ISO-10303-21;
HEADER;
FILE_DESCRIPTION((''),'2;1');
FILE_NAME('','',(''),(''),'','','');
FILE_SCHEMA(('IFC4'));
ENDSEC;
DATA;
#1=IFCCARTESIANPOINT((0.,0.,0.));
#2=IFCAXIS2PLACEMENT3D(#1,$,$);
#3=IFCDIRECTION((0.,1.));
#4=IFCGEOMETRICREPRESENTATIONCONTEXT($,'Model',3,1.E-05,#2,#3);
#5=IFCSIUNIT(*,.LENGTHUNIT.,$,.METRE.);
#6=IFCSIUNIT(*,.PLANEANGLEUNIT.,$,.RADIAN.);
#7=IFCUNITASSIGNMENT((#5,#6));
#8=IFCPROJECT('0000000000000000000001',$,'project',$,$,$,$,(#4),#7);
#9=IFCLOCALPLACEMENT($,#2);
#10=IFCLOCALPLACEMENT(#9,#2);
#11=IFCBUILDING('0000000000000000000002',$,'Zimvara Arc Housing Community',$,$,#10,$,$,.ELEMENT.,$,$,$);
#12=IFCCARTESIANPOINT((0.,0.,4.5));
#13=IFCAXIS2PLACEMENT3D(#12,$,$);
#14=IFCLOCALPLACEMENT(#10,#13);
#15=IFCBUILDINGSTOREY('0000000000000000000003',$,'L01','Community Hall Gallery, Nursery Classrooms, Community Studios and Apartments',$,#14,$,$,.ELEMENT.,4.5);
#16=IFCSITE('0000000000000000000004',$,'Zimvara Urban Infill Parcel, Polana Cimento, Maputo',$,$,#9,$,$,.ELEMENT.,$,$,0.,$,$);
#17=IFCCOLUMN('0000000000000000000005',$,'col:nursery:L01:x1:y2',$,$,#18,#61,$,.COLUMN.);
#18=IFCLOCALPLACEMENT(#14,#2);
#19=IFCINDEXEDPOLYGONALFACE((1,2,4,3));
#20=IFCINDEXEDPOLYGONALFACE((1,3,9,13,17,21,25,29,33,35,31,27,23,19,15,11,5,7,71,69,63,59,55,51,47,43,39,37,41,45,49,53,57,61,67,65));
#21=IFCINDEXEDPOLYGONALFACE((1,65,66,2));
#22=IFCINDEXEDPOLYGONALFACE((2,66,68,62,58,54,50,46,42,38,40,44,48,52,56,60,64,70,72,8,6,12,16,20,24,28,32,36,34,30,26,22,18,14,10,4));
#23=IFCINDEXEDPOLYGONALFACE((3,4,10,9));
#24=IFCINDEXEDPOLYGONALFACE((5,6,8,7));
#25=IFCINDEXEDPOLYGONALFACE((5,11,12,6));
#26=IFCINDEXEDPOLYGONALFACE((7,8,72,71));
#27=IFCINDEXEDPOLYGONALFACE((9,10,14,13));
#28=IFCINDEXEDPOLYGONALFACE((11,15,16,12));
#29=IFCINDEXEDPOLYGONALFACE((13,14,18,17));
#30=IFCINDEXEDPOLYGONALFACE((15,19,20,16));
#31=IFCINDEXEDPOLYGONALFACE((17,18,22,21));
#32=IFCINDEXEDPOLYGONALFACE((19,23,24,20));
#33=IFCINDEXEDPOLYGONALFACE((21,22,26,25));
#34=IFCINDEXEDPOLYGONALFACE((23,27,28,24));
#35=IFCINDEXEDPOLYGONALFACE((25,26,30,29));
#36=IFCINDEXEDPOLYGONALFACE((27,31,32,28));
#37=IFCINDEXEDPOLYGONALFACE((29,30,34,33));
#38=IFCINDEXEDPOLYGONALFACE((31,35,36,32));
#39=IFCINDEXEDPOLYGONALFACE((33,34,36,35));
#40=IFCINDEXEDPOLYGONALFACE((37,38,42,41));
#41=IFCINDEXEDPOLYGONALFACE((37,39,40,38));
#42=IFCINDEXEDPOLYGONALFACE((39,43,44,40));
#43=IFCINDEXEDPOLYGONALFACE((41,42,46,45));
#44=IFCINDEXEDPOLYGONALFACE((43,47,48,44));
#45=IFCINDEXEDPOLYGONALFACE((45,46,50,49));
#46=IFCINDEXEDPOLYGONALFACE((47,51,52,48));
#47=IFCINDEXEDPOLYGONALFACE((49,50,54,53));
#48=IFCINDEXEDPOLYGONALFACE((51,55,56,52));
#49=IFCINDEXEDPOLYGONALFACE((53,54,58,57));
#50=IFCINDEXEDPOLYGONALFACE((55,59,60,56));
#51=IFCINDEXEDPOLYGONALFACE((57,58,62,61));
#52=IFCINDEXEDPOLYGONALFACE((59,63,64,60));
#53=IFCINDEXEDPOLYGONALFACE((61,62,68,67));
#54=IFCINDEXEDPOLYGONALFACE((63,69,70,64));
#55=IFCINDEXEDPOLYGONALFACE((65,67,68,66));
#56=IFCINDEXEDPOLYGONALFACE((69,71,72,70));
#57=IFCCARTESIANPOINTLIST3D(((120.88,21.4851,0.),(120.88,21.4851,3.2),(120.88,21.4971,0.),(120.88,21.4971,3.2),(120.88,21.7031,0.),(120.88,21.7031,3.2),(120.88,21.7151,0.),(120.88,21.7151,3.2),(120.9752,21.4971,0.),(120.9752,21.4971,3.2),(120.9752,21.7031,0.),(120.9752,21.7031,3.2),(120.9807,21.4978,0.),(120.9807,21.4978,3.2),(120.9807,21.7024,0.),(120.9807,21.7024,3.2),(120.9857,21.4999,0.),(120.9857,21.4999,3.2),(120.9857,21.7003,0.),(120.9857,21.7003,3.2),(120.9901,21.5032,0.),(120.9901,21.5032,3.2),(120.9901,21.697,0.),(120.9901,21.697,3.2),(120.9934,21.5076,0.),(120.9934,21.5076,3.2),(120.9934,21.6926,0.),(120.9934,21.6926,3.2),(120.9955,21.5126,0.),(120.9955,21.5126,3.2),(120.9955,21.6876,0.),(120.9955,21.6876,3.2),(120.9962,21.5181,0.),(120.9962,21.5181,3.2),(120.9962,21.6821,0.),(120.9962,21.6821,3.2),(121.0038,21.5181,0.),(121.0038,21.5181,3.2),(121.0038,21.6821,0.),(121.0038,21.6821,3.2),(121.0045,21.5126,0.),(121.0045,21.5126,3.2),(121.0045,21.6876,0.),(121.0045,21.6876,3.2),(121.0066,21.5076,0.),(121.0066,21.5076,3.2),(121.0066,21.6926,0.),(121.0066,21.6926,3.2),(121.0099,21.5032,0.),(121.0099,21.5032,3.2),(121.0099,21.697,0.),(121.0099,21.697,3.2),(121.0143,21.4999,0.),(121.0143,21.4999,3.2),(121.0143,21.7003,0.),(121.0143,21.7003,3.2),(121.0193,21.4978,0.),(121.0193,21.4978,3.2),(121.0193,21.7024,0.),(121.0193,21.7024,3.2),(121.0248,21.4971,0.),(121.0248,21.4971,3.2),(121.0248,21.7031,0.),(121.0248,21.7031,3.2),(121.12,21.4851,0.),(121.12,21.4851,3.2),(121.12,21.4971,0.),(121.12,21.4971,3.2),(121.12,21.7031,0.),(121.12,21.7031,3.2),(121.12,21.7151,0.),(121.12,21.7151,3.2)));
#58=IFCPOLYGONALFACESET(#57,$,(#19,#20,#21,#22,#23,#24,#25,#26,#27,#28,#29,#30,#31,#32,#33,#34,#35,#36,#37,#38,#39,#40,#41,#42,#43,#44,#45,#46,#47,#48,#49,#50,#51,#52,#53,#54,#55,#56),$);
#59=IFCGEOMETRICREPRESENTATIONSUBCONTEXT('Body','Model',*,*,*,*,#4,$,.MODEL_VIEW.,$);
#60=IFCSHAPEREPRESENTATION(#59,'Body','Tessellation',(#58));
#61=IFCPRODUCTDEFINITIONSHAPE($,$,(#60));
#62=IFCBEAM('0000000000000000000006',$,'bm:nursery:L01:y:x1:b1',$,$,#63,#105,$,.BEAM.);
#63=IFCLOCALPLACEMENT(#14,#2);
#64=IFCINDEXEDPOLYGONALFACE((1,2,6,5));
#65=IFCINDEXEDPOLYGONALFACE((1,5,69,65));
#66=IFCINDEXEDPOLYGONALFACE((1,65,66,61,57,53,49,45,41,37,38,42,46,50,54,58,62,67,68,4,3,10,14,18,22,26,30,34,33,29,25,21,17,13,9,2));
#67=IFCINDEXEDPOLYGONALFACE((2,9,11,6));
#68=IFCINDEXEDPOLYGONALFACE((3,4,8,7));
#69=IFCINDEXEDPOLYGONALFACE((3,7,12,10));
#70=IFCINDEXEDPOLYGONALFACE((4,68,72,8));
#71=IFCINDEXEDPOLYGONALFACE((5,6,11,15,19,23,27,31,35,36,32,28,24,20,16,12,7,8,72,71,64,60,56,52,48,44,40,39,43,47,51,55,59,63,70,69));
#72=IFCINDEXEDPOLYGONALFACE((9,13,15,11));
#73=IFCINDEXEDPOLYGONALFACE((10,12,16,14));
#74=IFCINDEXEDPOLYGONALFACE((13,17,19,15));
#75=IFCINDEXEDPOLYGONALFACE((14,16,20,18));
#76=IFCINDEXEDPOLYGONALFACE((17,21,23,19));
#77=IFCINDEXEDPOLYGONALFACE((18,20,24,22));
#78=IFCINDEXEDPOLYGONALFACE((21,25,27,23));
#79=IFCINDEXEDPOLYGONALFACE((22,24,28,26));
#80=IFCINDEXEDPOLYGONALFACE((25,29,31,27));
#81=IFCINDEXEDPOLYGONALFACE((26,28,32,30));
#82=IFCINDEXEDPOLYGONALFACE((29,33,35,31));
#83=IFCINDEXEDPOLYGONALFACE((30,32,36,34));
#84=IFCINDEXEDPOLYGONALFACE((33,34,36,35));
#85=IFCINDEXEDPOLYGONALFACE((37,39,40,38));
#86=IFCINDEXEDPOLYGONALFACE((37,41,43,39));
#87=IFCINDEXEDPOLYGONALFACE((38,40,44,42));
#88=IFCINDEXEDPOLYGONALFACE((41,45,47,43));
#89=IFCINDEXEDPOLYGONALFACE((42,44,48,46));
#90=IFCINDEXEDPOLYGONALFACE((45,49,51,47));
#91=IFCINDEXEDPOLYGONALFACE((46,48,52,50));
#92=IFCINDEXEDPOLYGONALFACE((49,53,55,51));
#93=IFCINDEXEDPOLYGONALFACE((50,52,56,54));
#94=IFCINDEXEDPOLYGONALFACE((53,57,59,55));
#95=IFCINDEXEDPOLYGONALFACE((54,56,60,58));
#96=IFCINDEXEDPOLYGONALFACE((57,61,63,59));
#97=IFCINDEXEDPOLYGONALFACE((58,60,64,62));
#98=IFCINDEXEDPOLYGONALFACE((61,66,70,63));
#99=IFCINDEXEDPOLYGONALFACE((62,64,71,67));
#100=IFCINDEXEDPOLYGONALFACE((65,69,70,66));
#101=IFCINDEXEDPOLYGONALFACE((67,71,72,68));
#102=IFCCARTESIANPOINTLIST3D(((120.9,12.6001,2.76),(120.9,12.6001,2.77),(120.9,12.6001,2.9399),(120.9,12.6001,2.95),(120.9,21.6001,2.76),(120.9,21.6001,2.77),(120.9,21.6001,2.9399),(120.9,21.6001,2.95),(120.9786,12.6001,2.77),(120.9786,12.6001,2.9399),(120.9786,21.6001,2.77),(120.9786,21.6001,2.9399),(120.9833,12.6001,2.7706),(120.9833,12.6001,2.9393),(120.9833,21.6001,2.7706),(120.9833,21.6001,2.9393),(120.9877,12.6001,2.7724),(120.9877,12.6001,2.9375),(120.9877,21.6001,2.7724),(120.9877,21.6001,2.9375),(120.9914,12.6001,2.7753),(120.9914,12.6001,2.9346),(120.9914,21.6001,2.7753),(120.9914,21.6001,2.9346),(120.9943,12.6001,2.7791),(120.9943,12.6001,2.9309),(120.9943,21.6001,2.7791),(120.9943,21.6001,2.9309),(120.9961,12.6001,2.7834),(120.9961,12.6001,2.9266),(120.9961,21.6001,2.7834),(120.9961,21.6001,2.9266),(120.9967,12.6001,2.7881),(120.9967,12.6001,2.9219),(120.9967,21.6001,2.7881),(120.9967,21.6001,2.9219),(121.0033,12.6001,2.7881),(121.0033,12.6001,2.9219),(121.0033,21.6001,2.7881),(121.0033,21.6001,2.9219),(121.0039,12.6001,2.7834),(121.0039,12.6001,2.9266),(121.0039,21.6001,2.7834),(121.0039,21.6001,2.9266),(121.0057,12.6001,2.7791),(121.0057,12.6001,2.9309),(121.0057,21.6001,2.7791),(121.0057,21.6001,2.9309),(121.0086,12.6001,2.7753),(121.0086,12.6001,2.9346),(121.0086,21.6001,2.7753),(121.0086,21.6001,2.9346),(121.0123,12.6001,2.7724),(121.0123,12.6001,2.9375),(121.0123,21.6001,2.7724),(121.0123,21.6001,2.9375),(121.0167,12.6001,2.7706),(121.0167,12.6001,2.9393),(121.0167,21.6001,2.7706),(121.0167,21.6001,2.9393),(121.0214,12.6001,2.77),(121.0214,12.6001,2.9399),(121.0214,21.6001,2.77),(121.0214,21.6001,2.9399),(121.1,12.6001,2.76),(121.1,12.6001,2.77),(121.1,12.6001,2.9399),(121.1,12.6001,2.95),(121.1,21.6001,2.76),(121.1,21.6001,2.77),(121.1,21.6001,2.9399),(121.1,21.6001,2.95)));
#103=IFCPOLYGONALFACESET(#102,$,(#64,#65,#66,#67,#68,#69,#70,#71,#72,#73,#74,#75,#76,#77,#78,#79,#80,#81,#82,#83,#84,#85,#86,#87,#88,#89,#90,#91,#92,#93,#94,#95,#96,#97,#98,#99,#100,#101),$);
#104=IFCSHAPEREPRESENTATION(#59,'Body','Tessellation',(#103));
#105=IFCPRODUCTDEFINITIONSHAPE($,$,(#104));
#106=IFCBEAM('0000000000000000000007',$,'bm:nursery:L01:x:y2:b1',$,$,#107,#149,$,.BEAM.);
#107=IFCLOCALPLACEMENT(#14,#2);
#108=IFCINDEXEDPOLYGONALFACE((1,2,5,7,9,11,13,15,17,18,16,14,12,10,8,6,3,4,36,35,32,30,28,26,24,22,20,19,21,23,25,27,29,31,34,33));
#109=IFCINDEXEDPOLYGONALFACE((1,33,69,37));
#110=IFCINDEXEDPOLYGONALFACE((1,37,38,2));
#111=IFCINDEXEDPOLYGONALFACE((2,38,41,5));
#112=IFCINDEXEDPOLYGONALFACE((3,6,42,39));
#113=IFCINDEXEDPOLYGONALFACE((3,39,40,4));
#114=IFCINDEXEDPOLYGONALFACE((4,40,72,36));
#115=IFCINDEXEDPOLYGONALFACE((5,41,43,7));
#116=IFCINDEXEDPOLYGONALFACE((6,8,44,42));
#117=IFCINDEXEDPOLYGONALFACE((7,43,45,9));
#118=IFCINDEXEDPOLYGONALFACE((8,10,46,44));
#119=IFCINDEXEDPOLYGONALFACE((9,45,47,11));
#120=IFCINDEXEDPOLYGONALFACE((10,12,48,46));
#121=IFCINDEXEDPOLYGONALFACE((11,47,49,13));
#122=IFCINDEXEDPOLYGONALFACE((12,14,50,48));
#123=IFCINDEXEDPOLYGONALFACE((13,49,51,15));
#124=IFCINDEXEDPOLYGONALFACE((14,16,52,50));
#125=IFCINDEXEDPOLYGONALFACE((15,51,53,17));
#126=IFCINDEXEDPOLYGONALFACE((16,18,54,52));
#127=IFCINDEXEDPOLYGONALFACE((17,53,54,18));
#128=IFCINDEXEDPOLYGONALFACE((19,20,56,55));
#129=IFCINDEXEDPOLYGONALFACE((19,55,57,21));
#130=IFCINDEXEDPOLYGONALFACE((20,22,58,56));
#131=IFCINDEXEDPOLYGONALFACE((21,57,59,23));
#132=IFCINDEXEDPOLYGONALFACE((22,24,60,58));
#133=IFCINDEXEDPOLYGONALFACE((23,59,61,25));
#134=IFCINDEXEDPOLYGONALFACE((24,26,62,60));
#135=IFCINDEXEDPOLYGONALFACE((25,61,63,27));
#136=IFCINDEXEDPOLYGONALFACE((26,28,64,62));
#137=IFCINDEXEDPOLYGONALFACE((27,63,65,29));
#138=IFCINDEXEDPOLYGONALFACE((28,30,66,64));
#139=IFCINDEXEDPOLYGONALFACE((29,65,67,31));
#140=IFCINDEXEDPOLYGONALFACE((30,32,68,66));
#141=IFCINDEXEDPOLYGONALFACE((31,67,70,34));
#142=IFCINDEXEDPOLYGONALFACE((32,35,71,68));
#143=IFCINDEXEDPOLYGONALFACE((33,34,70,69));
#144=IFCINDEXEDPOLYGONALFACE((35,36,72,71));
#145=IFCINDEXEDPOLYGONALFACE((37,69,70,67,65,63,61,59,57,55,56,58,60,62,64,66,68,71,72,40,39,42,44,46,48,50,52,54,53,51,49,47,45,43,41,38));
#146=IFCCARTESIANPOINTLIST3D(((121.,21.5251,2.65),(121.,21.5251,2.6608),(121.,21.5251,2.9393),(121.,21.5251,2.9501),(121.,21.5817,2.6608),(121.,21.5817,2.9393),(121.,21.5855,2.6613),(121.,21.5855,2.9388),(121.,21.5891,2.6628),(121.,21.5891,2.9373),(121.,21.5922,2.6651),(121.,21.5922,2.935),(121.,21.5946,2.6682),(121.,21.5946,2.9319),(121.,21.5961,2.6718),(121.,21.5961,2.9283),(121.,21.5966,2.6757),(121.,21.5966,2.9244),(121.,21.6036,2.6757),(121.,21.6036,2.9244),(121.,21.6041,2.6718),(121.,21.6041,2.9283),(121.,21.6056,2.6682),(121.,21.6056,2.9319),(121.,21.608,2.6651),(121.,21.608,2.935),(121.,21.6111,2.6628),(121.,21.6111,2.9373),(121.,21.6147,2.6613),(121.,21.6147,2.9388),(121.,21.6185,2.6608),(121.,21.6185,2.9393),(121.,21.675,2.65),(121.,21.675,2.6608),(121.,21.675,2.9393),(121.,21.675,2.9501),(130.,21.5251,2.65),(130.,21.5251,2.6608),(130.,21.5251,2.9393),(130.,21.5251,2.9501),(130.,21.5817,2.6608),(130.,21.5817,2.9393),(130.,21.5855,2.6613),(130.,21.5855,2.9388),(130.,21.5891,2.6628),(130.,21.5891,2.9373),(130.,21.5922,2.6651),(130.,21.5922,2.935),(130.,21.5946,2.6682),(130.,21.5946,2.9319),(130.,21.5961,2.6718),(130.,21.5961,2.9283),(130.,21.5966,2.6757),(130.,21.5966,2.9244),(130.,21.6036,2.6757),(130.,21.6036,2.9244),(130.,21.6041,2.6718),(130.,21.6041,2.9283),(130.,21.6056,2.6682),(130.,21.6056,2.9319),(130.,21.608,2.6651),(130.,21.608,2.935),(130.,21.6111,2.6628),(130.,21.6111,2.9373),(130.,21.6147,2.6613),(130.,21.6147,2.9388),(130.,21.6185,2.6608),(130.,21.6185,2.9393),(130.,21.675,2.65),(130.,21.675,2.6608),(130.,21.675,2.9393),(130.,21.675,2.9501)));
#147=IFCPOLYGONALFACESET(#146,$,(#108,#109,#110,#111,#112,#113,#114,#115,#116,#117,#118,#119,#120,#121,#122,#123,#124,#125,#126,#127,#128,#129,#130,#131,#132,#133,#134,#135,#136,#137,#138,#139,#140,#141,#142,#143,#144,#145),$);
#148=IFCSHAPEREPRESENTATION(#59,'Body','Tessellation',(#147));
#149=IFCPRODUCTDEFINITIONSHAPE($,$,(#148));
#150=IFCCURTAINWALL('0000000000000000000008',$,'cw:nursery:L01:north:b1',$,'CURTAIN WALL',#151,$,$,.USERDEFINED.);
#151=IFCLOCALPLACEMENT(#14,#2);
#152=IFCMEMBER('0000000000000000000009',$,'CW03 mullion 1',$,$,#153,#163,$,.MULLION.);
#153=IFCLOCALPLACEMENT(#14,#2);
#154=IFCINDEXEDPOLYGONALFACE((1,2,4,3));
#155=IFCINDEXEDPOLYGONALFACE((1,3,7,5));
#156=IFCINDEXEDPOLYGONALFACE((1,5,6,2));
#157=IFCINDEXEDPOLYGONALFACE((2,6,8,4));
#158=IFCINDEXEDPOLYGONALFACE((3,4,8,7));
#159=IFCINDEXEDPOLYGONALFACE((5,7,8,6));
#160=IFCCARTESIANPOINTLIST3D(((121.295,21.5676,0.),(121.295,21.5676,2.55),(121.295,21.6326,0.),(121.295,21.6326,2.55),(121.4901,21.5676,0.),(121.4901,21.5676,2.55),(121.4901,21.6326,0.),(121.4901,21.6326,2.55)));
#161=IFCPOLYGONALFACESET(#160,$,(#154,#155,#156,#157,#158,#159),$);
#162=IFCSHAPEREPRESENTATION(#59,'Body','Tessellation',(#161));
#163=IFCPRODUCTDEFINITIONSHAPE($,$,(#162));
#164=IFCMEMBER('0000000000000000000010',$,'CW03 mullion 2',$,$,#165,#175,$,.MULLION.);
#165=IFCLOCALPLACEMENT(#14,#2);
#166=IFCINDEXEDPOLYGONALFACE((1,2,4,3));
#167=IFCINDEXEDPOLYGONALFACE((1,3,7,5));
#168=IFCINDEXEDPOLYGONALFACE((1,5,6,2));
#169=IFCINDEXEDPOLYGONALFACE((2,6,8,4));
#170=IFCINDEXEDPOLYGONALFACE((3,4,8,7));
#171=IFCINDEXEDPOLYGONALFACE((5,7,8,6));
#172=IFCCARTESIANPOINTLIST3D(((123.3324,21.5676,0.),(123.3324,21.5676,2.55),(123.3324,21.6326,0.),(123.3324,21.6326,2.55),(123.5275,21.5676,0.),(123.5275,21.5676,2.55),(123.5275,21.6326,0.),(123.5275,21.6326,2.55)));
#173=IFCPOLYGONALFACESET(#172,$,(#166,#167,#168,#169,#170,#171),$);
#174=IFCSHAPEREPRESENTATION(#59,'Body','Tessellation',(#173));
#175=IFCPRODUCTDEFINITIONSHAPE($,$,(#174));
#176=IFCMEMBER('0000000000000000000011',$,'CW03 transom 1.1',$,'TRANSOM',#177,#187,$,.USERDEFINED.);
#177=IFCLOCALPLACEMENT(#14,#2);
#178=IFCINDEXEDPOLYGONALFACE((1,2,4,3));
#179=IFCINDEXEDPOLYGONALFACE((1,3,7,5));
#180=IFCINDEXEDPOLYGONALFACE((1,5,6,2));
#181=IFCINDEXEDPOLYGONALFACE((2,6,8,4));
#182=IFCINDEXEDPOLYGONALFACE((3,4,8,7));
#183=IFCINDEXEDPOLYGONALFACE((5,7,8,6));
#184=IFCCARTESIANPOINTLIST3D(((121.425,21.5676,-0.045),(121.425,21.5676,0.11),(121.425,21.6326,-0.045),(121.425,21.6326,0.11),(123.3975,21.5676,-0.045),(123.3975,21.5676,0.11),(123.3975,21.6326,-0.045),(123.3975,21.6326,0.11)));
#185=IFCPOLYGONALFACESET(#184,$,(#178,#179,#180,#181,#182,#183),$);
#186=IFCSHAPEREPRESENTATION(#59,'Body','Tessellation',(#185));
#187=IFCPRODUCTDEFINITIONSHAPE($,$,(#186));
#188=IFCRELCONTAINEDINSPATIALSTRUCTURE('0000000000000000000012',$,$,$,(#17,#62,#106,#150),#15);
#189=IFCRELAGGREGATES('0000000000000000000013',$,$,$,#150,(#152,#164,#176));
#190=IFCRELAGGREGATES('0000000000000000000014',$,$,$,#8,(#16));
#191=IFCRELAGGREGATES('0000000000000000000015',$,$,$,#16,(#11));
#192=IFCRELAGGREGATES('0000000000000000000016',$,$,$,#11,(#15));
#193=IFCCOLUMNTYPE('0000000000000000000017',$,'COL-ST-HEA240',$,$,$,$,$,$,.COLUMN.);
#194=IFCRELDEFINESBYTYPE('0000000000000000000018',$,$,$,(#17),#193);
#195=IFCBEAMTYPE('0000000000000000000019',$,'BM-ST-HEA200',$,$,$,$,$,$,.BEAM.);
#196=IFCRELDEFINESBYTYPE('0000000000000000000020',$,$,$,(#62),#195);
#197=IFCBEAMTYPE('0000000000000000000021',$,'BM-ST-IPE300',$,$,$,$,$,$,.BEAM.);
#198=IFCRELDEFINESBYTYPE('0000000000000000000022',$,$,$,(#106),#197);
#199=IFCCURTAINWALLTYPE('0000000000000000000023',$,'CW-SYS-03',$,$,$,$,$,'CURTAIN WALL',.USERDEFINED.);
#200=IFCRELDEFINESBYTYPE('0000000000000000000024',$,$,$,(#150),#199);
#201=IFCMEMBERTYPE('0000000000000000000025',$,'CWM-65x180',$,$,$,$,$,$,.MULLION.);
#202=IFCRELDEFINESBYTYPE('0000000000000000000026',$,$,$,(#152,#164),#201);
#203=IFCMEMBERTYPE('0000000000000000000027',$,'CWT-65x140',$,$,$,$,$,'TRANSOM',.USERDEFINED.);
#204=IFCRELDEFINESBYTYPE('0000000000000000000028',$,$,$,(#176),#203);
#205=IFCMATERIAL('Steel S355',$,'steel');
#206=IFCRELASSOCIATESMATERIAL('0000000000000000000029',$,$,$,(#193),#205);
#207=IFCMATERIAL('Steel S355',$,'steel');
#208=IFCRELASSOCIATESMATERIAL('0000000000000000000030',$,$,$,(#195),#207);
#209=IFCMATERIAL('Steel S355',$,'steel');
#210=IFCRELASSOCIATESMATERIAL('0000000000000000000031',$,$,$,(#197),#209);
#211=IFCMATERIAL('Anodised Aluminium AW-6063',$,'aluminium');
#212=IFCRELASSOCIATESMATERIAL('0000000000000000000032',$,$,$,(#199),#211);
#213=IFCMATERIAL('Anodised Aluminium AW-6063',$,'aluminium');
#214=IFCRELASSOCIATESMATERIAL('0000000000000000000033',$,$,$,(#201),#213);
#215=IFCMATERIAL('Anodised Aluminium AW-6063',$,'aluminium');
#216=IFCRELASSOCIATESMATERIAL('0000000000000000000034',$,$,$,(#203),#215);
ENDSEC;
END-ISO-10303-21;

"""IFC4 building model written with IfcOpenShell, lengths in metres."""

from ifc_helpers import new_model, si_unit, direction, frame, origin, origin_2d, place, context, subcontext, project, spatial, rectangle, i_section, extrude, material, material_profile, profile_set, type_object, element, aggregate, save


model = new_model("IFC4")

# Units and contexts
model_context = context("Model", 3, precision=1e-05, world=origin(), true_north=direction((0.0, 1.0)))
body_context = subcontext(model_context, "Body", "Model", "MODEL_VIEW")
ifc_project = project(units=[si_unit("LENGTHUNIT", "METRE"), si_unit("PLANEANGLEUNIT", "RADIAN")], contexts=[model_context])

# Site, building, storey
site_placement = place(None, origin())
site = spatial("IfcSite", under=ifc_project, at=site_placement, Name="Zimvara Urban Infill Parcel, Polana Cimento, Maputo", CompositionType="ELEMENT", RefElevation=0.0)
building_placement = place(site_placement, origin())
building = spatial("IfcBuilding", under=site, at=building_placement, Name="Zimvara Arc Housing Community", CompositionType="ELEMENT")
storey_placement = place(building_placement, frame((0.0, 0.0, 4.5)))
storey = spatial("IfcBuildingStorey", under=building, at=storey_placement, Name="L01", Description="Community Hall Gallery, Nursery Classrooms, Community Studios and Apartments", CompositionType="ELEMENT", Elevation=4.5)

# Column
ifc_material_1 = material(Name="Steel S355", Category="steel")
ifc_material_profile_1 = material_profile(ifc_material_1, i_section(OverallWidth=0.24, OverallDepth=0.23, WebThickness=0.0076, FlangeThickness=0.012, FilletRadius=0.021, at=origin_2d()), Name="HEA 240")
ifc_profile_set_1 = profile_set([ifc_material_profile_1], Name="Steel S355")
column_type = type_object("IfcColumnType", Name="COL-ST-HEA240", PredefinedType="COLUMN", material=ifc_profile_set_1)
column_placement = place(storey_placement, frame((121.0, 21.6001, 0.0), z_axis=(0.0, 0.0, 1.0), x_axis=(1.0, 0.0, 0.0)))
element("IfcColumn", 1, at=column_placement, inside=storey, type_object=column_type, Name="col:nursery:L01:x1:y2", PredefinedType="COLUMN", context=body_context, shape_type="SweptSolid", body=[
    extrude(i_section(OverallWidth=0.24, OverallDepth=0.23, WebThickness=0.0076, FlangeThickness=0.012, FilletRadius=0.021, at=origin_2d()), origin(), (0.0, 0.0, 1.0), 3.2),
])

# Beams
ifc_material_2 = material(Name="Steel S355", Category="steel")
ifc_material_profile_2 = material_profile(ifc_material_2, i_section(OverallWidth=0.2, OverallDepth=0.1899, WebThickness=0.0066, FlangeThickness=0.01, FilletRadius=0.0181, at=origin_2d()), Name="HEA 200")
ifc_profile_set_2 = profile_set([ifc_material_profile_2], Name="Steel S355")
beam_type_1 = type_object("IfcBeamType", Name="BM-ST-HEA200", PredefinedType="BEAM", material=ifc_profile_set_2)
beam_1_placement = place(storey_placement, frame((121.0, 12.6001, 2.855), z_axis=(0.0, 1.0, 0.0), x_axis=(-1.0, 0.0, 0.0)))
element("IfcBeam", 2, at=beam_1_placement, inside=storey, type_object=beam_type_1, Name="bm:nursery:L01:y:x1:b1", PredefinedType="BEAM", context=body_context, shape_type="SweptSolid", body=[
    extrude(i_section(OverallWidth=0.2, OverallDepth=0.1899, WebThickness=0.0066, FlangeThickness=0.01, FilletRadius=0.0181, at=origin_2d()), origin(), (0.0, 0.0, 1.0), 9.0),
])
ifc_material_3 = material(Name="Steel S355", Category="steel")
ifc_material_profile_3 = material_profile(ifc_material_3, i_section(OverallWidth=0.1499, OverallDepth=0.3, WebThickness=0.0071, FlangeThickness=0.0107, FilletRadius=0.0149, at=origin_2d()), Name="IPE 300")
ifc_profile_set_3 = profile_set([ifc_material_profile_3], Name="Steel S355")
beam_type_2 = type_object("IfcBeamType", Name="BM-ST-IPE300", PredefinedType="BEAM", material=ifc_profile_set_3)
beam_2_placement = place(storey_placement, frame((121.0, 21.6001, 2.8), z_axis=(1.0, 0.0, 0.0), x_axis=(0.0, 1.0, 0.0)))
element("IfcBeam", 3, at=beam_2_placement, inside=storey, type_object=beam_type_2, Name="bm:nursery:L01:x:y2:b1", PredefinedType="BEAM", context=body_context, shape_type="SweptSolid", body=[
    extrude(i_section(OverallWidth=0.1499, OverallDepth=0.3, WebThickness=0.0071, FlangeThickness=0.0107, FilletRadius=0.0149, at=origin_2d()), origin(), (0.0, 0.0, 1.0), 9.0),
])

# Curtain wall, members
ifc_material_4 = material(Name="Anodised Aluminium AW-6063", Category="aluminium")
curtain_wall_type = type_object("IfcCurtainWallType", Name="CW-SYS-03", ElementType="CURTAIN WALL", PredefinedType="USERDEFINED", material=ifc_material_4)
curtain_wall_placement = place(storey_placement, origin())
curtain_wall = element("IfcCurtainWall", 4, at=curtain_wall_placement, inside=storey, type_object=curtain_wall_type, Name="cw:nursery:L01:north:b1", ObjectType="CURTAIN WALL", PredefinedType="USERDEFINED")
ifc_material_5 = material(Name="Anodised Aluminium AW-6063", Category="aluminium")
ifc_material_profile_4 = material_profile(ifc_material_5, rectangle(XDim=0.0649, YDim=0.1951, at=origin_2d()), Name="ALU 65x195")
ifc_profile_set_4 = profile_set([ifc_material_profile_4], Name="Anodised Aluminium AW-6063")
member_type_1 = type_object("IfcMemberType", Name="CWM-65x180", PredefinedType="MULLION", material=ifc_profile_set_4)
member_1_placement = place(storey_placement, frame((121.3926, 21.6001, 0.0), z_axis=(0.0, 0.0, 1.0), x_axis=(0.0, 1.0, 0.0)))
member_1 = element("IfcMember", 5, at=member_1_placement, type_object=member_type_1, Name="CW03 mullion 1", PredefinedType="MULLION", context=body_context, shape_type="SweptSolid", body=[
    extrude(rectangle(XDim=0.0649, YDim=0.1951, at=origin_2d()), origin(), (0.0, 0.0, 1.0), 2.55),
])
member_2_placement = place(storey_placement, frame((123.4299, 21.6001, 0.0), z_axis=(0.0, 0.0, 1.0), x_axis=(0.0, 1.0, 0.0)))
member_2 = element("IfcMember", 6, at=member_2_placement, type_object=member_type_1, Name="CW03 mullion 2", PredefinedType="MULLION", context=body_context, shape_type="SweptSolid", body=[
    extrude(rectangle(XDim=0.0649, YDim=0.1951, at=origin_2d()), origin(), (0.0, 0.0, 1.0), 2.55),
])
ifc_material_6 = material(Name="Anodised Aluminium AW-6063", Category="aluminium")
ifc_material_profile_5 = material_profile(ifc_material_6, rectangle(XDim=0.0649, YDim=0.155, at=origin_2d()), Name="ALU 65x155")
ifc_profile_set_5 = profile_set([ifc_material_profile_5], Name="Anodised Aluminium AW-6063")
member_type_2 = type_object("IfcMemberType", Name="CWT-65x140", ElementType="TRANSOM", PredefinedType="USERDEFINED", material=ifc_profile_set_5)
member_3_placement = place(storey_placement, frame((121.425, 21.6001, 0.0325), z_axis=(1.0, 0.0, 0.0), x_axis=(0.0, 1.0, 0.0)))
member_3 = element("IfcMember", 7, at=member_3_placement, type_object=member_type_2, Name="CW03 transom 1.1", ObjectType="TRANSOM", PredefinedType="USERDEFINED", context=body_context, shape_type="SweptSolid", body=[
    extrude(rectangle(XDim=0.0649, YDim=0.155, at=origin_2d()), origin(), (0.0, 0.0, 1.0), 1.9724),
])
aggregate(curtain_wall, [member_1, member_2, member_3])

save(model, "model.ifc")
